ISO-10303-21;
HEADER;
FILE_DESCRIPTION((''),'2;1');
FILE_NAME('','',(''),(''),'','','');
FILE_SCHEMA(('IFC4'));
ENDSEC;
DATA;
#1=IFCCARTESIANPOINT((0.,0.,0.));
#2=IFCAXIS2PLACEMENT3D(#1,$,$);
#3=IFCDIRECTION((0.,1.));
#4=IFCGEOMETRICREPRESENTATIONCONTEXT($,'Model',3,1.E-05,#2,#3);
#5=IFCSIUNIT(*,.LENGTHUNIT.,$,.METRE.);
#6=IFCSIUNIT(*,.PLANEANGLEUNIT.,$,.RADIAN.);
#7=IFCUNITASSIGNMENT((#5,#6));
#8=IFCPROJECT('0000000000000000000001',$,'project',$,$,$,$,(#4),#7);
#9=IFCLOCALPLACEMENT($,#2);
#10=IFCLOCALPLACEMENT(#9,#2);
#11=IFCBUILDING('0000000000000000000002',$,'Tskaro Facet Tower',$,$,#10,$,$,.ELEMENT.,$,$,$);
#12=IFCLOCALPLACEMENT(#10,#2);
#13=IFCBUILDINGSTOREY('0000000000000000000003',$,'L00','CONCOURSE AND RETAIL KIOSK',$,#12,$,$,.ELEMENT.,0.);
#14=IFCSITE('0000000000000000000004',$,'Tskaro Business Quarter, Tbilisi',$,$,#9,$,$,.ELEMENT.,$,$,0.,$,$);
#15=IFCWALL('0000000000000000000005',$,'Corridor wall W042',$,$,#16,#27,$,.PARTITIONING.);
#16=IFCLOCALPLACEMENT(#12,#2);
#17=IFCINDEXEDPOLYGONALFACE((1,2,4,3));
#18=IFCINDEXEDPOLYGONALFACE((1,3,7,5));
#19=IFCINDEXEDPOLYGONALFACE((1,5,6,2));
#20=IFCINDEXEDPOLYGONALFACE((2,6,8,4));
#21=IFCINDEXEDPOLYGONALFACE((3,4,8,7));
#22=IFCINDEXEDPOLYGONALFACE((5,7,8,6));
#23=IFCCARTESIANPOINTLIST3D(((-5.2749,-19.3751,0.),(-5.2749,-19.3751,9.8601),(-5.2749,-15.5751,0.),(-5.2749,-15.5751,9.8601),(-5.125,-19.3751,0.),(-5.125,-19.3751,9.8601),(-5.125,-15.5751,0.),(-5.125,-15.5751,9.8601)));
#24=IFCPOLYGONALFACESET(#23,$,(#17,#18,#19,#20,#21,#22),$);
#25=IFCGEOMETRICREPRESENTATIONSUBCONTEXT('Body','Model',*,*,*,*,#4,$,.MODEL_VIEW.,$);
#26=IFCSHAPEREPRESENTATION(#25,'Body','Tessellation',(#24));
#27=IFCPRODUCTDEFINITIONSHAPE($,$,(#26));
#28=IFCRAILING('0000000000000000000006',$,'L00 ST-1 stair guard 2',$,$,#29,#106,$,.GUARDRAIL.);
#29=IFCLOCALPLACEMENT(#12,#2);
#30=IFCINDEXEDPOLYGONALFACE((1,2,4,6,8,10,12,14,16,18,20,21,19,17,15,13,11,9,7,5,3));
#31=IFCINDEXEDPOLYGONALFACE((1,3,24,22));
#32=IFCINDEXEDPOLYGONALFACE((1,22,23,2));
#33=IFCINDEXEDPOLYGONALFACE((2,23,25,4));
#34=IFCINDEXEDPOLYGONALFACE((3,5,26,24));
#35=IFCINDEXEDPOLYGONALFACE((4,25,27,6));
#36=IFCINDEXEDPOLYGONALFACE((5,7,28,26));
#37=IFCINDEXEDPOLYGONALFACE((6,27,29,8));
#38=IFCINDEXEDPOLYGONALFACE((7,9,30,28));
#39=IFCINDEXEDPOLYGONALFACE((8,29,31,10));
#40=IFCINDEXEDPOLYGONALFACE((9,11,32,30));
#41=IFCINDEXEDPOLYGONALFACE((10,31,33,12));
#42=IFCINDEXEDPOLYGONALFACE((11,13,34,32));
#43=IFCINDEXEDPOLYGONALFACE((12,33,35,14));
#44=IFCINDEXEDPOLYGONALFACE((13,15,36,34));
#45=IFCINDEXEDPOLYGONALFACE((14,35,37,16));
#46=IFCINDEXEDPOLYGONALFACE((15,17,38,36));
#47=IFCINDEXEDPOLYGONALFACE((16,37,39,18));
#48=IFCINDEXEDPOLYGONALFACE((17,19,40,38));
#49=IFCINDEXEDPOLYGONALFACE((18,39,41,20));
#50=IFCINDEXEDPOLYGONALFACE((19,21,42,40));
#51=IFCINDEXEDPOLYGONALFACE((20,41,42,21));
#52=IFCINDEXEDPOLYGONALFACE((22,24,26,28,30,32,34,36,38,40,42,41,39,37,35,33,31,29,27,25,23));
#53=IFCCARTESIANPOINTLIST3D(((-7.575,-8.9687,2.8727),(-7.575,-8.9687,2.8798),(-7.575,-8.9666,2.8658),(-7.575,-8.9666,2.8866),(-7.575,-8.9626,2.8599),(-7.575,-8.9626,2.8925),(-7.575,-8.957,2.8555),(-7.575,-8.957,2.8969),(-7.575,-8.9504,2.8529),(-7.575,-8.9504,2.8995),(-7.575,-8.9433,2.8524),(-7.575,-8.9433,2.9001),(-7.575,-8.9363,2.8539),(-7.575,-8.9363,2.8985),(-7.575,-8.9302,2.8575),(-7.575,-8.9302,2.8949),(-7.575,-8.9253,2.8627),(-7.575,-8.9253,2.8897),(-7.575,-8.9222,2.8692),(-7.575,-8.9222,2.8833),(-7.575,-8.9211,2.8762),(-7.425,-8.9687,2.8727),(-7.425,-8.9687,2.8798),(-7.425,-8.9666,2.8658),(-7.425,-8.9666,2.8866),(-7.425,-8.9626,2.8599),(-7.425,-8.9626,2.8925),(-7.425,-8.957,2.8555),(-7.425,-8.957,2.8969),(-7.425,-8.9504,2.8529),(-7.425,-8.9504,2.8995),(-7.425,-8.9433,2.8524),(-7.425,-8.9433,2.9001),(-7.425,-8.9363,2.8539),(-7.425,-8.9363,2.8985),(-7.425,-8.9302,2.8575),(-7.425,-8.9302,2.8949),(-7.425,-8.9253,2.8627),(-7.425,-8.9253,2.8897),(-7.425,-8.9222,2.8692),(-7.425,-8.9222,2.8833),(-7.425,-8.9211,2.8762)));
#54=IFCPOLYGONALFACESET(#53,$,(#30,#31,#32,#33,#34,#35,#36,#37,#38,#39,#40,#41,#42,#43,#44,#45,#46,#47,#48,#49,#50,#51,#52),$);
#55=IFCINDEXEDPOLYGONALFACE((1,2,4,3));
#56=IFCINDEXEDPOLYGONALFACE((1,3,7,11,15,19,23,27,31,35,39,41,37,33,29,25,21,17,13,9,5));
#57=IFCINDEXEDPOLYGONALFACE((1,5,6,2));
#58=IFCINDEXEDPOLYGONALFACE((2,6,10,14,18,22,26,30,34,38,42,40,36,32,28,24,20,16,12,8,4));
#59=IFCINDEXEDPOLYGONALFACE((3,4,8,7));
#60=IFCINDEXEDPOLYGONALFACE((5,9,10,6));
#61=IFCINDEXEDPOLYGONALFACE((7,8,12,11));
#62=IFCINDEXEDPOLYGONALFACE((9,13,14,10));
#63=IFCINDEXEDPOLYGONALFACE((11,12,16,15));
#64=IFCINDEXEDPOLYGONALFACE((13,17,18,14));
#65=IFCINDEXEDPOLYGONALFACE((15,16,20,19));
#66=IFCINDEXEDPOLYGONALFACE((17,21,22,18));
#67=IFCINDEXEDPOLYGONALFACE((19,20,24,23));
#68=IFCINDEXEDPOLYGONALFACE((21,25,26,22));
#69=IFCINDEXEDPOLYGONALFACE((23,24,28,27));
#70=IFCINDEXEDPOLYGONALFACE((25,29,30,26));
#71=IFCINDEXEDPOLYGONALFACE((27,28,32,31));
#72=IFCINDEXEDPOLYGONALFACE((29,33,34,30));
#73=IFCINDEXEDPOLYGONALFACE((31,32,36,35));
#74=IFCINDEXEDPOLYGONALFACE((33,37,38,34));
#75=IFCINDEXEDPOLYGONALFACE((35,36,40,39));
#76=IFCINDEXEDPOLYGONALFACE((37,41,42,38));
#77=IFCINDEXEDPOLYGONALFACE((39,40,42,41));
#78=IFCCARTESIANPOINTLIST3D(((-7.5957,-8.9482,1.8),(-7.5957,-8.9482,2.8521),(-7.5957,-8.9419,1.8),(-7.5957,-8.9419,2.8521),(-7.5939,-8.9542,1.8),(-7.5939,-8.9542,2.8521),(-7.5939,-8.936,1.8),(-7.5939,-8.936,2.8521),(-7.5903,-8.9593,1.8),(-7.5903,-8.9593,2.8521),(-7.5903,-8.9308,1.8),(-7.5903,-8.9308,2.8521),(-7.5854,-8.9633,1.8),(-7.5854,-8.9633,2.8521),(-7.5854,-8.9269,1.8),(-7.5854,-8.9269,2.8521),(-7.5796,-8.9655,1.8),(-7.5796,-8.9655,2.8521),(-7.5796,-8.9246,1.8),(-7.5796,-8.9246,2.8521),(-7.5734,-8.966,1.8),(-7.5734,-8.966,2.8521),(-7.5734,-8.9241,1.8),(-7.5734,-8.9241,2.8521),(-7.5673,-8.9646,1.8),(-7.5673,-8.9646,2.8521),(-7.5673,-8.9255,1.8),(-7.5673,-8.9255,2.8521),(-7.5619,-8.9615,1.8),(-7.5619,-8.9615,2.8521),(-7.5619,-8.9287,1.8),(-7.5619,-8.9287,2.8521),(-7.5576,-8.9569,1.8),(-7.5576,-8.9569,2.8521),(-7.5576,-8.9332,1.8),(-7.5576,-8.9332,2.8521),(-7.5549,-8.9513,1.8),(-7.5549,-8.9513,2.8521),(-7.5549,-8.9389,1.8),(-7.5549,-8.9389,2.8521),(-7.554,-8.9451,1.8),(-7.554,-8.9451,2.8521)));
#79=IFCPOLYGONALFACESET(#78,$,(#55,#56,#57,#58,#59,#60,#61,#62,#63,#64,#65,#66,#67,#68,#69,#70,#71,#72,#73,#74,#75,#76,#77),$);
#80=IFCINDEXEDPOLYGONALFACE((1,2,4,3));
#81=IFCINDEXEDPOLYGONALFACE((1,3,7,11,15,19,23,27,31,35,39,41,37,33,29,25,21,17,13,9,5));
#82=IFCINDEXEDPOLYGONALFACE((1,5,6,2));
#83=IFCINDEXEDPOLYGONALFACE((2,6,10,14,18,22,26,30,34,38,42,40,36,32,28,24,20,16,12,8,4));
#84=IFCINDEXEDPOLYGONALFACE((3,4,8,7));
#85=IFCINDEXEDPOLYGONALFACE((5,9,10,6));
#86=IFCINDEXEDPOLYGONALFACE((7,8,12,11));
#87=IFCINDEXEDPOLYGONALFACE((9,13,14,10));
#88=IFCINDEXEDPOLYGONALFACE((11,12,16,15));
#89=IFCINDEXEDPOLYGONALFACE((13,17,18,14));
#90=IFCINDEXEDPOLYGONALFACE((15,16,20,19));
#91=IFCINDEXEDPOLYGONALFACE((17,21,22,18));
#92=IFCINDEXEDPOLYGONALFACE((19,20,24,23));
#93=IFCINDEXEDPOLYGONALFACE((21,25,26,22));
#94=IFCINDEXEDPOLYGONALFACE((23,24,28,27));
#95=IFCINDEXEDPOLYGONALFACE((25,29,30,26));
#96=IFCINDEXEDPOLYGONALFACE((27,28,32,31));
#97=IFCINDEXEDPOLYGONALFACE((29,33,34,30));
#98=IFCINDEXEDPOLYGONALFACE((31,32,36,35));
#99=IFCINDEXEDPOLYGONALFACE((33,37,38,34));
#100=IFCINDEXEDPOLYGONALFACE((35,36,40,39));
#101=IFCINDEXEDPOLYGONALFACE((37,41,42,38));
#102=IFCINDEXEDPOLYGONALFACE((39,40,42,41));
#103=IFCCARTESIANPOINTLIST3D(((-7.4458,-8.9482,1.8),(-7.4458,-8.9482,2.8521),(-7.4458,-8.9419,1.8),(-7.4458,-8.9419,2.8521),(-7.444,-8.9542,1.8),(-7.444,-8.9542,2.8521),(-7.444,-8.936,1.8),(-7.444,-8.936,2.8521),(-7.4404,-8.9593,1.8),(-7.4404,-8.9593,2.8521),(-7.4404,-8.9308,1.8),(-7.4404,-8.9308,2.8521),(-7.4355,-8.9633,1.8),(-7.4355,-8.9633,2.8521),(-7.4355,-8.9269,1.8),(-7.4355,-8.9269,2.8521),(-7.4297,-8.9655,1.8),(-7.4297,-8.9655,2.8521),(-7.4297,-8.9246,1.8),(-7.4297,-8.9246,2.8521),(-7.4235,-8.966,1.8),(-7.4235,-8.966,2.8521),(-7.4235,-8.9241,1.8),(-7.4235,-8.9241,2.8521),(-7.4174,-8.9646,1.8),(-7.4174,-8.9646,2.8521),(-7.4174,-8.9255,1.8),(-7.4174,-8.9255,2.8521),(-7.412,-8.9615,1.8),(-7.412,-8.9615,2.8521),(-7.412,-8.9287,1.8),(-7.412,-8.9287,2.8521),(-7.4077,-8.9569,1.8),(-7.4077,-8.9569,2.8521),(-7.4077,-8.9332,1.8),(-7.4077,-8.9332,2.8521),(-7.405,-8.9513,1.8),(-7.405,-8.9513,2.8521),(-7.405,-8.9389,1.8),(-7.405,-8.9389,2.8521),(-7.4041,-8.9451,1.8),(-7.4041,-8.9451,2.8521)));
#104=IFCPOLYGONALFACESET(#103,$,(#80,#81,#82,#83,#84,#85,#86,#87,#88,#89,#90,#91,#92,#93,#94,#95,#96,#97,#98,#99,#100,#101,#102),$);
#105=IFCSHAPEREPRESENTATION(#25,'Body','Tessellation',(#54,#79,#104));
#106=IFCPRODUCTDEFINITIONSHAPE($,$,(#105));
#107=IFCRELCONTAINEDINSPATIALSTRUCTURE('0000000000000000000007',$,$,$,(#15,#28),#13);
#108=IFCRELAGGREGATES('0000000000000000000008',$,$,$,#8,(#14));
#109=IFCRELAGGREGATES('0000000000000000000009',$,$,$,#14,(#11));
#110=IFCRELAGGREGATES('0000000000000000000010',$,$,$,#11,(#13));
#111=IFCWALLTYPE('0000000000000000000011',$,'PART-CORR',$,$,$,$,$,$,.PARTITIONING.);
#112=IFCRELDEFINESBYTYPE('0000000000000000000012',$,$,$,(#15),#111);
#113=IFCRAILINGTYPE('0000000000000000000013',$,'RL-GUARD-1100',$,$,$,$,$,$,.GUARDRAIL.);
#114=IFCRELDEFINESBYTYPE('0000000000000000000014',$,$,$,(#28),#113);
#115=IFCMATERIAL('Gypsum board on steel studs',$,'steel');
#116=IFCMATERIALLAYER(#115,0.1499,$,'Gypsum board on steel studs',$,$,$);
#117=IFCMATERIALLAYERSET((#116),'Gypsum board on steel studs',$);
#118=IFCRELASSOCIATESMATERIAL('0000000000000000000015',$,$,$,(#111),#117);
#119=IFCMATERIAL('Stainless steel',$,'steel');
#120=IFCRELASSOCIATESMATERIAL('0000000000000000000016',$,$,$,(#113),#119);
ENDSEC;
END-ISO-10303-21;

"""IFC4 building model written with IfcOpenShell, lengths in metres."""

from ifc_helpers import new_model, si_unit, direction, frame, frame_2d, origin, origin_2d, place, context, subcontext, project, spatial, rectangle, circle, extrude, material, layer, layer_set, type_object, element, save


model = new_model("IFC4")

# Units and contexts
model_context = context("Model", 3, precision=1e-05, world=origin(), true_north=direction((0.0, 1.0)))
body_context = subcontext(model_context, "Body", "Model", "MODEL_VIEW")
ifc_project = project(units=[si_unit("LENGTHUNIT", "METRE"), si_unit("PLANEANGLEUNIT", "RADIAN")], contexts=[model_context])

# Site, building, storey
site_placement = place(None, origin())
site = spatial("IfcSite", under=ifc_project, at=site_placement, Name="Tskaro Business Quarter, Tbilisi", CompositionType="ELEMENT", RefElevation=0.0)
building_placement = place(site_placement, origin())
building = spatial("IfcBuilding", under=site, at=building_placement, Name="Tskaro Facet Tower", CompositionType="ELEMENT")
storey_placement = place(building_placement, origin())
storey = spatial("IfcBuildingStorey", under=building, at=storey_placement, Name="L00", Description="CONCOURSE AND RETAIL KIOSK", CompositionType="ELEMENT", Elevation=0.0)

# Shared definitions
ifc_material_1 = material(Name="Stainless steel", Category="steel")

# Shared definitions
ifc_material_2 = material(Name="Gypsum board on steel studs", Category="steel")
ifc_layer_1 = layer(ifc_material_2, 0.1499, Name="Gypsum board on steel studs")
ifc_layer_set_1 = layer_set([ifc_layer_1], Name="Gypsum board on steel studs")
wall_type_1 = type_object("IfcWallType", Name="PART-CORR", PredefinedType="PARTITIONING", material=ifc_layer_set_1)

# Wall
wall_1_placement = place(storey_placement, frame((-5.2, -19.375, 0.0), z_axis=(0.0, 0.0, 1.0), x_axis=(0.0, 1.0, 0.0)))
element("IfcWall", 1, at=wall_1_placement, inside=storey, type_object=wall_type_1, Name="Corridor wall W042", PredefinedType="PARTITIONING", context=body_context, shape_type="SweptSolid", body=[
    extrude(rectangle(XDim=3.8, YDim=0.1499, at=frame_2d((1.8999, 0.0))), origin(), (0.0, 0.0, 1.0), 9.8601),
])

# Railing
railing_type = type_object("IfcRailingType", Name="RL-GUARD-1100", PredefinedType="GUARDRAIL", material=ifc_material_1)
railing_1_placement = place(storey_placement, frame((-7.575, -8.9451, 1.8)))
element("IfcRailing", 2, at=railing_1_placement, inside=storey, type_object=railing_type, Name="L00 ST-1 stair guard 2", PredefinedType="GUARDRAIL", context=body_context, shape_type="SweptSolid", body=[
    extrude(circle(Radius=0.0239, at=origin_2d()), frame((0.0, 0.0, 1.0762), z_axis=(1.0, 0.0, 0.0), x_axis=(0.0, 1.0, 0.0)), (0.0, 0.0, 1.0), 0.1499),
    extrude(circle(Radius=0.021, at=origin_2d()), origin(), (0.0, 0.0, 1.0), 1.052),
    extrude(circle(Radius=0.021, at=origin_2d()), frame((0.1499, 0.0, 0.0)), (0.0, 0.0, 1.0), 1.052),
])

save(model, "model.ifc")
